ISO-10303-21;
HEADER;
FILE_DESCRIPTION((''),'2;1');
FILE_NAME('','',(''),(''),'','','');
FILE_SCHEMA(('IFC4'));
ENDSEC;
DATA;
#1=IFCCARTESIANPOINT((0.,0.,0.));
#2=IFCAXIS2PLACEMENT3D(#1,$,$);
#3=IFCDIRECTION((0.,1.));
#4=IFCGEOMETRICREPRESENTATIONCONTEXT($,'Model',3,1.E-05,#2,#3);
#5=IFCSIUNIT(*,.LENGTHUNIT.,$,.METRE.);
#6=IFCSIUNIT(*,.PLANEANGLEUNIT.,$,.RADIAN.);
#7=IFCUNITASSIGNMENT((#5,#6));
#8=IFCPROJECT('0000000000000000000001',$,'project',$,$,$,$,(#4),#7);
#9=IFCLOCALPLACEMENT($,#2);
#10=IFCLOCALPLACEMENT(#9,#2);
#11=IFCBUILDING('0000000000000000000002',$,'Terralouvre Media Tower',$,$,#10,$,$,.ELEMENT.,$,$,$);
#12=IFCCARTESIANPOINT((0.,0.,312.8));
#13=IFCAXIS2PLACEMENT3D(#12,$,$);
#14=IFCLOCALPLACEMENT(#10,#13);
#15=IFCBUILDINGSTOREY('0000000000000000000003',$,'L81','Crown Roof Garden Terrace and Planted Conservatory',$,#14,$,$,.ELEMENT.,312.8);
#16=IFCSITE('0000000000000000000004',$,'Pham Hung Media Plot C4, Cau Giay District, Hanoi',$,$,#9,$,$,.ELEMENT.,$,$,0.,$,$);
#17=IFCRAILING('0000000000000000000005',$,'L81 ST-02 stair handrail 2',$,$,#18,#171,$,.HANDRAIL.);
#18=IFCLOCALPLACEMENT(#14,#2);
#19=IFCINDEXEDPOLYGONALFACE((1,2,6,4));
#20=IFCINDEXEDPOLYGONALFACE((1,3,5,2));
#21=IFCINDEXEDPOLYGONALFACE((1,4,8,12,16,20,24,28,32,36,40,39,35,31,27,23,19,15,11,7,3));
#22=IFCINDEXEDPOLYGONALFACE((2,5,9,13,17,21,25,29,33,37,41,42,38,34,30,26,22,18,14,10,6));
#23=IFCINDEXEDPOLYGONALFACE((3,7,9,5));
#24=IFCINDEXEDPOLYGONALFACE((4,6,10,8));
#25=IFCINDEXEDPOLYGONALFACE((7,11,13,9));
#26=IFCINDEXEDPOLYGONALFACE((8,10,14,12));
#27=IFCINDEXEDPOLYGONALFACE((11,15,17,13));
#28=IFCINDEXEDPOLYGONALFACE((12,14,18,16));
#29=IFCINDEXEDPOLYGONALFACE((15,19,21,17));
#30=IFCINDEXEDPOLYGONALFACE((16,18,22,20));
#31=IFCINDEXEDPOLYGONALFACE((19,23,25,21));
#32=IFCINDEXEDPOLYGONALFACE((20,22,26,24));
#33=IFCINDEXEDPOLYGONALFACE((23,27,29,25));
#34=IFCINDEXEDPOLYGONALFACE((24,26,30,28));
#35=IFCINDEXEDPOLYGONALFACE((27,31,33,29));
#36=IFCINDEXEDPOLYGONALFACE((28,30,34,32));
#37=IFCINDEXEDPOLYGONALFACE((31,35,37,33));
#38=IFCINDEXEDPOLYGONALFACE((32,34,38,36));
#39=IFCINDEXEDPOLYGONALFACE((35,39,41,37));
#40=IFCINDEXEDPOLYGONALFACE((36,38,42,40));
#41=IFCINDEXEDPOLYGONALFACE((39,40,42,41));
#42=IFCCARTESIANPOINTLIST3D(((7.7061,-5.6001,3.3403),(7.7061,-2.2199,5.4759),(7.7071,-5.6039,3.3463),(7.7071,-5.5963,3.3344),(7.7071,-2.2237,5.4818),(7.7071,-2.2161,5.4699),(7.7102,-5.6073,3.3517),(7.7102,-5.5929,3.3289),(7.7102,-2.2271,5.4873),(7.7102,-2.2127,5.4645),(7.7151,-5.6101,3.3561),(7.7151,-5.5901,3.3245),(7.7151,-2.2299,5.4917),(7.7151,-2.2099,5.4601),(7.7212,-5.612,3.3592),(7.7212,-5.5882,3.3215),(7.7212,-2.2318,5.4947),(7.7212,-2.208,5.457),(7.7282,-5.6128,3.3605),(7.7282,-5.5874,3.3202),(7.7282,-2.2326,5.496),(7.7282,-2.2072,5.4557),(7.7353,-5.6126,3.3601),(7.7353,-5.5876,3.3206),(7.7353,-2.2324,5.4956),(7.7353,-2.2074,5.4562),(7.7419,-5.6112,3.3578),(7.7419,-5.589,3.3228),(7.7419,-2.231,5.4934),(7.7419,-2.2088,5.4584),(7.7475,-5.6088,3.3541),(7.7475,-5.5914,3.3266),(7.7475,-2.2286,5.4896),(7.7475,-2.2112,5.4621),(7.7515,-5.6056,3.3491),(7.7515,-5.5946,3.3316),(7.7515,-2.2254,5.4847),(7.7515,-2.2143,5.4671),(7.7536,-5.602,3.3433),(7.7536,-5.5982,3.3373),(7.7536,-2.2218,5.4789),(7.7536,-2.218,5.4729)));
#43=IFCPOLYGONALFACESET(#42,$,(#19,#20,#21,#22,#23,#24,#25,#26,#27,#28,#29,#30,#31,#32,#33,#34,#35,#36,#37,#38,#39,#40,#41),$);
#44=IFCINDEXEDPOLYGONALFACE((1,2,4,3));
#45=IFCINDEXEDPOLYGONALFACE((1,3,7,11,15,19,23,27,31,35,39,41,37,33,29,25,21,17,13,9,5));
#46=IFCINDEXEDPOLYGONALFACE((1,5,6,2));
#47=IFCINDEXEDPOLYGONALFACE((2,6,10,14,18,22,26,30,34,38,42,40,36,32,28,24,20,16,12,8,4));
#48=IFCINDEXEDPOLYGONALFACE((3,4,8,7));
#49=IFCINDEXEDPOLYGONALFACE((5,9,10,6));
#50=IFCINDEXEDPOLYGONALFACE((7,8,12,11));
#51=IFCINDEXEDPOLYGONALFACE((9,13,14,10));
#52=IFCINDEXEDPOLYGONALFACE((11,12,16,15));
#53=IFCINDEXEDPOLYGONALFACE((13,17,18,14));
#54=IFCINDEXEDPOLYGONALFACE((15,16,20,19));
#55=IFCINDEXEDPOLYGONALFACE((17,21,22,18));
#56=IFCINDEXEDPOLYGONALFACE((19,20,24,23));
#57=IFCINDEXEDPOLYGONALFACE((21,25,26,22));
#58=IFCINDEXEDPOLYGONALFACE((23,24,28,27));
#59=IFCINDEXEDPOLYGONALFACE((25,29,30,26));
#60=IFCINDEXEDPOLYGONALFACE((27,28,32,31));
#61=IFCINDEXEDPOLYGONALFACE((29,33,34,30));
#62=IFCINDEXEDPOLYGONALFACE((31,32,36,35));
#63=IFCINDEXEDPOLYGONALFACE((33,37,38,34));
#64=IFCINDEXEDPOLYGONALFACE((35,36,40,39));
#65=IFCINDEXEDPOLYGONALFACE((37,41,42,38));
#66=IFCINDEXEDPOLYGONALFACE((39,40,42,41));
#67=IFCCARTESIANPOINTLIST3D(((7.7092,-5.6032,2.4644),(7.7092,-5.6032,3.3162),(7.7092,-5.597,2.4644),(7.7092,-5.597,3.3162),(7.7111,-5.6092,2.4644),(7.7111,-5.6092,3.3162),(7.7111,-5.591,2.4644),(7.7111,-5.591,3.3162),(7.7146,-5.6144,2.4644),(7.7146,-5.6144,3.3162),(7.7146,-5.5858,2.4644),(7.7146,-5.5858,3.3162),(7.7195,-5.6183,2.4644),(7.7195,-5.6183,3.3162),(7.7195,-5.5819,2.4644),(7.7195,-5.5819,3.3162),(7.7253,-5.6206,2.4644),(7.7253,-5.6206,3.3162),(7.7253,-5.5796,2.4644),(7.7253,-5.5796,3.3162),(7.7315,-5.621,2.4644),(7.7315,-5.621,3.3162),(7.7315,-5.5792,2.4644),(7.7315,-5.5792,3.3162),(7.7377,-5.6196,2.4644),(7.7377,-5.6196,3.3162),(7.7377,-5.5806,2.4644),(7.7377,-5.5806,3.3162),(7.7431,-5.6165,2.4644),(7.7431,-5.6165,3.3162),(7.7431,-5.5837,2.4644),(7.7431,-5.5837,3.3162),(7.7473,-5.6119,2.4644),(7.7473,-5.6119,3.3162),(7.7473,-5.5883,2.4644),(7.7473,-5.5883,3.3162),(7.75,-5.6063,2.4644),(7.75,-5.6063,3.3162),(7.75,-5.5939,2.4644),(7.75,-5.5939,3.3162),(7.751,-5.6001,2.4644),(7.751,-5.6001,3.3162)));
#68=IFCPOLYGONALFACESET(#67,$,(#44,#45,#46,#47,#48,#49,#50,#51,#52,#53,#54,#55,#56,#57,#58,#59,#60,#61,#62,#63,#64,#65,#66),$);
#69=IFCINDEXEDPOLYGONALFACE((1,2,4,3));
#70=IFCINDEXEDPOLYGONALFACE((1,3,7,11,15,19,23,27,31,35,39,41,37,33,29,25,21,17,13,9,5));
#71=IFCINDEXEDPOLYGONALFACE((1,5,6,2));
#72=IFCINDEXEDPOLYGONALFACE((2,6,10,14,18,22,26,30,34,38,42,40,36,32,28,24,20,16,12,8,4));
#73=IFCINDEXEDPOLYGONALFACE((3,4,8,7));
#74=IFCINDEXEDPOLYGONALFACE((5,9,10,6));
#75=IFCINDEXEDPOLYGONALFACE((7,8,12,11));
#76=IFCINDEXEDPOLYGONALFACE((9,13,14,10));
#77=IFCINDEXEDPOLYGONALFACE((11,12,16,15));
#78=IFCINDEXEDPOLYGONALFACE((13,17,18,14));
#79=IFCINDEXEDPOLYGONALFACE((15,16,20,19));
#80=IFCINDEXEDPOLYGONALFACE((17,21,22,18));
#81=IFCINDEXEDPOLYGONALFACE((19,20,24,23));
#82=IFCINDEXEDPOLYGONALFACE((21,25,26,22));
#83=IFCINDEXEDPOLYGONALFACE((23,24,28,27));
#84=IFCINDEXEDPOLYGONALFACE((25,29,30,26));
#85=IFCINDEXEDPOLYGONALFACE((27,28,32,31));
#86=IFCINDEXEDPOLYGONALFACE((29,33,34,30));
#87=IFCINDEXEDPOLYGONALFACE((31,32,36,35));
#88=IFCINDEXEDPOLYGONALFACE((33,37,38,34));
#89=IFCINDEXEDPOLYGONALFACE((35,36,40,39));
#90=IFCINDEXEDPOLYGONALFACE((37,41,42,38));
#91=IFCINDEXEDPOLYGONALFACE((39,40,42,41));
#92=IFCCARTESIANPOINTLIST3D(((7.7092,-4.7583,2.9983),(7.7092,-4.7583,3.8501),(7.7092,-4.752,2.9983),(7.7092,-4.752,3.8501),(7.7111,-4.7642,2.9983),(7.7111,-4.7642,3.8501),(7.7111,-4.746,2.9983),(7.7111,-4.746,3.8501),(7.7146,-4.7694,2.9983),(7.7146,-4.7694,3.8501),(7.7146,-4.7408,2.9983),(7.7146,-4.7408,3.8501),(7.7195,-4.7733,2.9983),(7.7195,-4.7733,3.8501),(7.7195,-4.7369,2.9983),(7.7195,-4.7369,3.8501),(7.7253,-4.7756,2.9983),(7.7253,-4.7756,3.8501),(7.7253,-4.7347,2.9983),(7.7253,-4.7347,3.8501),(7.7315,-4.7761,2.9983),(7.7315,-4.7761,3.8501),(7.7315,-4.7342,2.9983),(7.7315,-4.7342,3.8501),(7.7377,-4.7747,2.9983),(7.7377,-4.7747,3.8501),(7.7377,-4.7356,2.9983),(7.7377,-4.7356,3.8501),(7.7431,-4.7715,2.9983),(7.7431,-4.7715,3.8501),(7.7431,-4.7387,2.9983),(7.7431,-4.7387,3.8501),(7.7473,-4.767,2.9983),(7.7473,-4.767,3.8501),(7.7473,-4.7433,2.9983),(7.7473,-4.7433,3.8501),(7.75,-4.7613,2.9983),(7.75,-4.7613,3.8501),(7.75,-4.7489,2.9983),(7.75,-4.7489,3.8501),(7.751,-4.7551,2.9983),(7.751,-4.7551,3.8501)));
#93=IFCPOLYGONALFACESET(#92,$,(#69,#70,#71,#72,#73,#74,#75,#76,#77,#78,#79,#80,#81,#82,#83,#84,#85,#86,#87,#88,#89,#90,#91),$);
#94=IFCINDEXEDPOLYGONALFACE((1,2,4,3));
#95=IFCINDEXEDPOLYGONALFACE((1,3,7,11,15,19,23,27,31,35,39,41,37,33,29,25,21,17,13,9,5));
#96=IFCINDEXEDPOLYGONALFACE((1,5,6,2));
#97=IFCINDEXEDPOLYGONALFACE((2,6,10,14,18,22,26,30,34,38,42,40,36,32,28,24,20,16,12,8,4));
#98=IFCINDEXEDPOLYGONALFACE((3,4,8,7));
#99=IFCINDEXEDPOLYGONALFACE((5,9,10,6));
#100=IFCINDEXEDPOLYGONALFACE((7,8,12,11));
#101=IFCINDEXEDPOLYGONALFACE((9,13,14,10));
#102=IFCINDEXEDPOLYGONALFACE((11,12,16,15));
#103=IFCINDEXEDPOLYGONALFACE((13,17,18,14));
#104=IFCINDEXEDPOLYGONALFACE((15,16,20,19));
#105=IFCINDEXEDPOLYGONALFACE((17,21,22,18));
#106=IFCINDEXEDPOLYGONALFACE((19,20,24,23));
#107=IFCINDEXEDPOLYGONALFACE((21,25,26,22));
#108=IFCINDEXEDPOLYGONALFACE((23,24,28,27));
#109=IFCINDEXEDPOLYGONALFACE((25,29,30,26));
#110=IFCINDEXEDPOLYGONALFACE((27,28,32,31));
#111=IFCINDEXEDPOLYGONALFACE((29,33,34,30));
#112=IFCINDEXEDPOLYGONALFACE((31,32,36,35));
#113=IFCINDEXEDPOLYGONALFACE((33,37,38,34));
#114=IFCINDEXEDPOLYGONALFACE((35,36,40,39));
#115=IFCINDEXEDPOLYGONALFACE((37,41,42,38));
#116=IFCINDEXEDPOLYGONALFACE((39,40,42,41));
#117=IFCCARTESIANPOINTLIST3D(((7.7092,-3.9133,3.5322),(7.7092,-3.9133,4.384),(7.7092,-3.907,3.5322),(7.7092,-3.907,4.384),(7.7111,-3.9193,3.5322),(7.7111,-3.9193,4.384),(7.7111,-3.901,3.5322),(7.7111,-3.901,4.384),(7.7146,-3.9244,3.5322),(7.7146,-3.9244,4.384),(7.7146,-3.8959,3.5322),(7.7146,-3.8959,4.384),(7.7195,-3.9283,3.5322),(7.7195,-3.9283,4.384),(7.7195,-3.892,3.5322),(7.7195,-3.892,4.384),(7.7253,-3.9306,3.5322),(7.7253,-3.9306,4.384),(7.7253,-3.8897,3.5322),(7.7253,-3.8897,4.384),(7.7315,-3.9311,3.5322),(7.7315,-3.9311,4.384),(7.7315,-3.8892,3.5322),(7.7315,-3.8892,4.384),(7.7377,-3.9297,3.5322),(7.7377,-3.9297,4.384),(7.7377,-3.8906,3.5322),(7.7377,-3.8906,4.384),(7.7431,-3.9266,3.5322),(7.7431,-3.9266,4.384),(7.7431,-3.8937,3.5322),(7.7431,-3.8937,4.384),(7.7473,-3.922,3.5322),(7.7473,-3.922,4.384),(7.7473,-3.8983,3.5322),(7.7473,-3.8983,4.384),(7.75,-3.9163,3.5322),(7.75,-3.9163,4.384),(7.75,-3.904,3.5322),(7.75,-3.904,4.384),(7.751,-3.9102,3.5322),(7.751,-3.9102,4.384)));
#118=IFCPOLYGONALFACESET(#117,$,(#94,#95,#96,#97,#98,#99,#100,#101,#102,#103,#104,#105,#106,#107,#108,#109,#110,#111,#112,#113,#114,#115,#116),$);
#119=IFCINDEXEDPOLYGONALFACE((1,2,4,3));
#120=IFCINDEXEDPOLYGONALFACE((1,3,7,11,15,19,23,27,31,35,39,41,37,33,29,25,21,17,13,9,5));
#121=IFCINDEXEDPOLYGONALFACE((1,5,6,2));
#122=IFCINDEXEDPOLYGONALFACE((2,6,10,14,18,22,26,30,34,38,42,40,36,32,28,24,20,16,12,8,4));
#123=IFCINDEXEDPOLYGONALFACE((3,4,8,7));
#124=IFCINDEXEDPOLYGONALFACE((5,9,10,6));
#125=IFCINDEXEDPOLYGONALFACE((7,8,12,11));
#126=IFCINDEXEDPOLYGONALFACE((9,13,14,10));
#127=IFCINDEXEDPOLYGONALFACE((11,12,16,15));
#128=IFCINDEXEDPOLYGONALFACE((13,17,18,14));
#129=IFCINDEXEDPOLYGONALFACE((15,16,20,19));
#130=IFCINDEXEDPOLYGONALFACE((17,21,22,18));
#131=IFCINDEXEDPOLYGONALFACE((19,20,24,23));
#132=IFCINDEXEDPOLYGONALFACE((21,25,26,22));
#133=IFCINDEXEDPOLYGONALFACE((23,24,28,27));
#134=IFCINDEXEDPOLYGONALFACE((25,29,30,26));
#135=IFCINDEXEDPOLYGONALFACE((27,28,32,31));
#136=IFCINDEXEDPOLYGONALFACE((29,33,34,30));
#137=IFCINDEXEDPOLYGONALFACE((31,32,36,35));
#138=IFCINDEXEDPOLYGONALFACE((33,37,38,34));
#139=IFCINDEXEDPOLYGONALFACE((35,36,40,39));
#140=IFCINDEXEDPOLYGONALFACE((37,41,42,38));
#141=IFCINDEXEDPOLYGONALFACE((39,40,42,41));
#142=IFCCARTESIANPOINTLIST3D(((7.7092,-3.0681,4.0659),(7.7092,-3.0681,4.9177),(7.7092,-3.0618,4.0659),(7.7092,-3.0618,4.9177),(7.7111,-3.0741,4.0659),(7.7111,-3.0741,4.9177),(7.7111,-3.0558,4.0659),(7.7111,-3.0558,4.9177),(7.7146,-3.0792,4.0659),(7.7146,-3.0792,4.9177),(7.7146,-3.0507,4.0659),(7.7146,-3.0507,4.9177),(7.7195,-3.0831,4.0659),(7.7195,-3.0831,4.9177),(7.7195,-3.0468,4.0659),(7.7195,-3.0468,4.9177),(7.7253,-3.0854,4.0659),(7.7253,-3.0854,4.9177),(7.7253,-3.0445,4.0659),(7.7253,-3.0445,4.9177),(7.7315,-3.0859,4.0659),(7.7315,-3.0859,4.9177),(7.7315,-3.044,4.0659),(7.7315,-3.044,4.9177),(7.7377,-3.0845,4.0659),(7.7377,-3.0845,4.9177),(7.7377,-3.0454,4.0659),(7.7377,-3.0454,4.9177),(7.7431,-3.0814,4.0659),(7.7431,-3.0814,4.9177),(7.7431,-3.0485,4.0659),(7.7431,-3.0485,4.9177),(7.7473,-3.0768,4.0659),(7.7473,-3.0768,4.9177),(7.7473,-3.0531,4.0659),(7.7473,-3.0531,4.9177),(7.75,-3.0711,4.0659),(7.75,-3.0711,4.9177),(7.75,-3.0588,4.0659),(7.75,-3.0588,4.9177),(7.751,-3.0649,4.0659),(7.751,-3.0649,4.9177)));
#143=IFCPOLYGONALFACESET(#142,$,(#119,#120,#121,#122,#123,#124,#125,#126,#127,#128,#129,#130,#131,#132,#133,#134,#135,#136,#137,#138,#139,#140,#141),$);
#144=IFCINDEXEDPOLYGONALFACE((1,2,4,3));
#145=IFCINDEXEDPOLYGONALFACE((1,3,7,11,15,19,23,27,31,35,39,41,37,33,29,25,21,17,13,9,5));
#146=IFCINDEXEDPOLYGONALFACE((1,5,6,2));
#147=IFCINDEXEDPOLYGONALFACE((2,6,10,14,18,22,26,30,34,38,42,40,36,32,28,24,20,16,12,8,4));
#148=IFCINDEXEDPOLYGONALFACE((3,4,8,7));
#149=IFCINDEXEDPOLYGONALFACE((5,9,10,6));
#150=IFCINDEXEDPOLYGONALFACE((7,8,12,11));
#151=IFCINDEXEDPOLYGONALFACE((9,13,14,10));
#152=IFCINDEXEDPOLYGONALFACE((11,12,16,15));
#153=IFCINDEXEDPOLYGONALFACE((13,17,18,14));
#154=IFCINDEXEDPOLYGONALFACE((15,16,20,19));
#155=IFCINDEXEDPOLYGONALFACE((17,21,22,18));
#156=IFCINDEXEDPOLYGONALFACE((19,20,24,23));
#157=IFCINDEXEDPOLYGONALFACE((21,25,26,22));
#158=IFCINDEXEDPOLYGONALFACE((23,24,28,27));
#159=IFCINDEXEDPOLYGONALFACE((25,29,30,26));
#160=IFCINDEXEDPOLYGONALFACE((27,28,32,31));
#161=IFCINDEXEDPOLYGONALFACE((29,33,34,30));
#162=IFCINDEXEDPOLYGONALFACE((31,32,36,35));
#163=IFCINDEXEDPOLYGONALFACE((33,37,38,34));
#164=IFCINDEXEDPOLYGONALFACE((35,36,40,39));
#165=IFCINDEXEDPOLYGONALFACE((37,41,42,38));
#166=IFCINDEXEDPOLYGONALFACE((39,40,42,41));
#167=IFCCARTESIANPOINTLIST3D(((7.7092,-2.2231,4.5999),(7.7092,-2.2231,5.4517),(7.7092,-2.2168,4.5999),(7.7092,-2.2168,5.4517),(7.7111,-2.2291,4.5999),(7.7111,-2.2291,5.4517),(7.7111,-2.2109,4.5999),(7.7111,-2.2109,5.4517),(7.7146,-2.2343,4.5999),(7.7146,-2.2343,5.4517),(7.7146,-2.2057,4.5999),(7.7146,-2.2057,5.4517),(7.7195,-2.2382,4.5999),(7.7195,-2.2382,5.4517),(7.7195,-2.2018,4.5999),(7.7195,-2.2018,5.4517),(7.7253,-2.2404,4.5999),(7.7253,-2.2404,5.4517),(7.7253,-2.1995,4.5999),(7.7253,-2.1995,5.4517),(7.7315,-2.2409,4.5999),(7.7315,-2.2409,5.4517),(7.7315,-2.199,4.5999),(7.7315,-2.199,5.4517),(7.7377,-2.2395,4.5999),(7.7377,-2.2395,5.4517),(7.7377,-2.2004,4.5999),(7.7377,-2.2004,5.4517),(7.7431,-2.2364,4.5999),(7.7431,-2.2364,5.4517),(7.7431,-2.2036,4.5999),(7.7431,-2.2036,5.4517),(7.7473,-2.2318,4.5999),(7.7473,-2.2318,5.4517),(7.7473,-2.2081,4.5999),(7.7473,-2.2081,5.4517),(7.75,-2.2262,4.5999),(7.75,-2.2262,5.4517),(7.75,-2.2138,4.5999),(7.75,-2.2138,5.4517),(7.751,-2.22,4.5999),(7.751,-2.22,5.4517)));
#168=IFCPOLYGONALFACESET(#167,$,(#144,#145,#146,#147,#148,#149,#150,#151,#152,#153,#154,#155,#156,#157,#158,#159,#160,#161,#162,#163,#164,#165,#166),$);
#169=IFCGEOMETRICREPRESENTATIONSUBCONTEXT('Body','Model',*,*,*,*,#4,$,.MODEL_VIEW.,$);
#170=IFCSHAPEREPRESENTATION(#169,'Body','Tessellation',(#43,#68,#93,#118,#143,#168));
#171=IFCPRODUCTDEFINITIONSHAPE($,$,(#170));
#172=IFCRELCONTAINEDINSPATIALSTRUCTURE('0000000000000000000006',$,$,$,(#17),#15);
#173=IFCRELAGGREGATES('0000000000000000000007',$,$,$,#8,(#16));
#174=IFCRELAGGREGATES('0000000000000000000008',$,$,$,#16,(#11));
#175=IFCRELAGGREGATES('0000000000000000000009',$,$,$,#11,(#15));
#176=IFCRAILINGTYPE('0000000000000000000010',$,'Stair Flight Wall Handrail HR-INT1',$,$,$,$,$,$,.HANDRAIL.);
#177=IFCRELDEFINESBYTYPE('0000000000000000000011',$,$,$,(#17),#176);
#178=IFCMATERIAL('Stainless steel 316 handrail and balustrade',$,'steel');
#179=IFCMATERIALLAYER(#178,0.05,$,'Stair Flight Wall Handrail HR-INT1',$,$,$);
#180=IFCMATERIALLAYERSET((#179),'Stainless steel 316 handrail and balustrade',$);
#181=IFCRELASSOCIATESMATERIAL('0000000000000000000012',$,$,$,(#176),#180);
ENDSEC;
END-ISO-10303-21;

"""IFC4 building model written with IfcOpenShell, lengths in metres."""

from ifc_helpers import new_model, si_unit, direction, frame, origin, origin_2d, place, context, subcontext, project, spatial, circle, extrude, material, layer, layer_set, type_object, element, save


model = new_model("IFC4")

# Units and contexts
model_context = context("Model", 3, precision=1e-05, world=origin(), true_north=direction((0.0, 1.0)))
body_context = subcontext(model_context, "Body", "Model", "MODEL_VIEW")
ifc_project = project(units=[si_unit("LENGTHUNIT", "METRE"), si_unit("PLANEANGLEUNIT", "RADIAN")], contexts=[model_context])

# Site, building, storey
site_placement = place(None, origin())
site = spatial("IfcSite", under=ifc_project, at=site_placement, Name="Pham Hung Media Plot C4, Cau Giay District, Hanoi", CompositionType="ELEMENT", RefElevation=0.0)
building_placement = place(site_placement, origin())
building = spatial("IfcBuilding", under=site, at=building_placement, Name="Terralouvre Media Tower", CompositionType="ELEMENT")
storey_placement = place(building_placement, frame((0.0, 0.0, 312.8)))
storey = spatial("IfcBuildingStorey", under=building, at=storey_placement, Name="L81", Description="Crown Roof Garden Terrace and Planted Conservatory", CompositionType="ELEMENT", Elevation=312.8)

# Railing
ifc_material_1 = material(Name="Stainless steel 316 handrail and balustrade", Category="steel")
ifc_layer_1 = layer(ifc_material_1, 0.05, Name="Stair Flight Wall Handrail HR-INT1")
ifc_layer_set_1 = layer_set([ifc_layer_1], Name="Stainless steel 316 handrail and balustrade")
railing_type_1 = type_object("IfcRailingType", Name="Stair Flight Wall Handrail HR-INT1", PredefinedType="HANDRAIL", material=ifc_layer_set_1)
railing_1_placement = place(storey_placement, frame((7.73, -5.6001, 2.4644)))
element("IfcRailing", 1, at=railing_1_placement, inside=storey, type_object=railing_type_1, Name="L81 ST-02 stair handrail 2", PredefinedType="HANDRAIL", context=body_context, shape_type="SweptSolid", body=[
    extrude(circle(Radius=0.0239, at=origin_2d()), frame((0.0, 0.0, 0.876), z_axis=(0.0, 0.845412, 0.534115), x_axis=(-1.0, 0.0, 0.0)), (0.0, 0.0, 1.0), 3.9983),
    extrude(circle(Radius=0.021, at=origin_2d()), origin(), (0.0, 0.0, 1.0), 0.8518),
    extrude(circle(Radius=0.021, at=origin_2d()), frame((0.0, 0.845, 0.5339)), (0.0, 0.0, 1.0), 0.8518),
    extrude(circle(Radius=0.021, at=origin_2d()), frame((0.0, 1.6899, 1.0679)), (0.0, 0.0, 1.0), 0.8518),
    extrude(circle(Radius=0.021, at=origin_2d()), frame((0.0, 2.5352, 1.6016)), (0.0, 0.0, 1.0), 0.8518),
    extrude(circle(Radius=0.021, at=origin_2d()), frame((0.0, 3.3801, 2.1355)), (0.0, 0.0, 1.0), 0.8518),
])

save(model, "model.ifc")
